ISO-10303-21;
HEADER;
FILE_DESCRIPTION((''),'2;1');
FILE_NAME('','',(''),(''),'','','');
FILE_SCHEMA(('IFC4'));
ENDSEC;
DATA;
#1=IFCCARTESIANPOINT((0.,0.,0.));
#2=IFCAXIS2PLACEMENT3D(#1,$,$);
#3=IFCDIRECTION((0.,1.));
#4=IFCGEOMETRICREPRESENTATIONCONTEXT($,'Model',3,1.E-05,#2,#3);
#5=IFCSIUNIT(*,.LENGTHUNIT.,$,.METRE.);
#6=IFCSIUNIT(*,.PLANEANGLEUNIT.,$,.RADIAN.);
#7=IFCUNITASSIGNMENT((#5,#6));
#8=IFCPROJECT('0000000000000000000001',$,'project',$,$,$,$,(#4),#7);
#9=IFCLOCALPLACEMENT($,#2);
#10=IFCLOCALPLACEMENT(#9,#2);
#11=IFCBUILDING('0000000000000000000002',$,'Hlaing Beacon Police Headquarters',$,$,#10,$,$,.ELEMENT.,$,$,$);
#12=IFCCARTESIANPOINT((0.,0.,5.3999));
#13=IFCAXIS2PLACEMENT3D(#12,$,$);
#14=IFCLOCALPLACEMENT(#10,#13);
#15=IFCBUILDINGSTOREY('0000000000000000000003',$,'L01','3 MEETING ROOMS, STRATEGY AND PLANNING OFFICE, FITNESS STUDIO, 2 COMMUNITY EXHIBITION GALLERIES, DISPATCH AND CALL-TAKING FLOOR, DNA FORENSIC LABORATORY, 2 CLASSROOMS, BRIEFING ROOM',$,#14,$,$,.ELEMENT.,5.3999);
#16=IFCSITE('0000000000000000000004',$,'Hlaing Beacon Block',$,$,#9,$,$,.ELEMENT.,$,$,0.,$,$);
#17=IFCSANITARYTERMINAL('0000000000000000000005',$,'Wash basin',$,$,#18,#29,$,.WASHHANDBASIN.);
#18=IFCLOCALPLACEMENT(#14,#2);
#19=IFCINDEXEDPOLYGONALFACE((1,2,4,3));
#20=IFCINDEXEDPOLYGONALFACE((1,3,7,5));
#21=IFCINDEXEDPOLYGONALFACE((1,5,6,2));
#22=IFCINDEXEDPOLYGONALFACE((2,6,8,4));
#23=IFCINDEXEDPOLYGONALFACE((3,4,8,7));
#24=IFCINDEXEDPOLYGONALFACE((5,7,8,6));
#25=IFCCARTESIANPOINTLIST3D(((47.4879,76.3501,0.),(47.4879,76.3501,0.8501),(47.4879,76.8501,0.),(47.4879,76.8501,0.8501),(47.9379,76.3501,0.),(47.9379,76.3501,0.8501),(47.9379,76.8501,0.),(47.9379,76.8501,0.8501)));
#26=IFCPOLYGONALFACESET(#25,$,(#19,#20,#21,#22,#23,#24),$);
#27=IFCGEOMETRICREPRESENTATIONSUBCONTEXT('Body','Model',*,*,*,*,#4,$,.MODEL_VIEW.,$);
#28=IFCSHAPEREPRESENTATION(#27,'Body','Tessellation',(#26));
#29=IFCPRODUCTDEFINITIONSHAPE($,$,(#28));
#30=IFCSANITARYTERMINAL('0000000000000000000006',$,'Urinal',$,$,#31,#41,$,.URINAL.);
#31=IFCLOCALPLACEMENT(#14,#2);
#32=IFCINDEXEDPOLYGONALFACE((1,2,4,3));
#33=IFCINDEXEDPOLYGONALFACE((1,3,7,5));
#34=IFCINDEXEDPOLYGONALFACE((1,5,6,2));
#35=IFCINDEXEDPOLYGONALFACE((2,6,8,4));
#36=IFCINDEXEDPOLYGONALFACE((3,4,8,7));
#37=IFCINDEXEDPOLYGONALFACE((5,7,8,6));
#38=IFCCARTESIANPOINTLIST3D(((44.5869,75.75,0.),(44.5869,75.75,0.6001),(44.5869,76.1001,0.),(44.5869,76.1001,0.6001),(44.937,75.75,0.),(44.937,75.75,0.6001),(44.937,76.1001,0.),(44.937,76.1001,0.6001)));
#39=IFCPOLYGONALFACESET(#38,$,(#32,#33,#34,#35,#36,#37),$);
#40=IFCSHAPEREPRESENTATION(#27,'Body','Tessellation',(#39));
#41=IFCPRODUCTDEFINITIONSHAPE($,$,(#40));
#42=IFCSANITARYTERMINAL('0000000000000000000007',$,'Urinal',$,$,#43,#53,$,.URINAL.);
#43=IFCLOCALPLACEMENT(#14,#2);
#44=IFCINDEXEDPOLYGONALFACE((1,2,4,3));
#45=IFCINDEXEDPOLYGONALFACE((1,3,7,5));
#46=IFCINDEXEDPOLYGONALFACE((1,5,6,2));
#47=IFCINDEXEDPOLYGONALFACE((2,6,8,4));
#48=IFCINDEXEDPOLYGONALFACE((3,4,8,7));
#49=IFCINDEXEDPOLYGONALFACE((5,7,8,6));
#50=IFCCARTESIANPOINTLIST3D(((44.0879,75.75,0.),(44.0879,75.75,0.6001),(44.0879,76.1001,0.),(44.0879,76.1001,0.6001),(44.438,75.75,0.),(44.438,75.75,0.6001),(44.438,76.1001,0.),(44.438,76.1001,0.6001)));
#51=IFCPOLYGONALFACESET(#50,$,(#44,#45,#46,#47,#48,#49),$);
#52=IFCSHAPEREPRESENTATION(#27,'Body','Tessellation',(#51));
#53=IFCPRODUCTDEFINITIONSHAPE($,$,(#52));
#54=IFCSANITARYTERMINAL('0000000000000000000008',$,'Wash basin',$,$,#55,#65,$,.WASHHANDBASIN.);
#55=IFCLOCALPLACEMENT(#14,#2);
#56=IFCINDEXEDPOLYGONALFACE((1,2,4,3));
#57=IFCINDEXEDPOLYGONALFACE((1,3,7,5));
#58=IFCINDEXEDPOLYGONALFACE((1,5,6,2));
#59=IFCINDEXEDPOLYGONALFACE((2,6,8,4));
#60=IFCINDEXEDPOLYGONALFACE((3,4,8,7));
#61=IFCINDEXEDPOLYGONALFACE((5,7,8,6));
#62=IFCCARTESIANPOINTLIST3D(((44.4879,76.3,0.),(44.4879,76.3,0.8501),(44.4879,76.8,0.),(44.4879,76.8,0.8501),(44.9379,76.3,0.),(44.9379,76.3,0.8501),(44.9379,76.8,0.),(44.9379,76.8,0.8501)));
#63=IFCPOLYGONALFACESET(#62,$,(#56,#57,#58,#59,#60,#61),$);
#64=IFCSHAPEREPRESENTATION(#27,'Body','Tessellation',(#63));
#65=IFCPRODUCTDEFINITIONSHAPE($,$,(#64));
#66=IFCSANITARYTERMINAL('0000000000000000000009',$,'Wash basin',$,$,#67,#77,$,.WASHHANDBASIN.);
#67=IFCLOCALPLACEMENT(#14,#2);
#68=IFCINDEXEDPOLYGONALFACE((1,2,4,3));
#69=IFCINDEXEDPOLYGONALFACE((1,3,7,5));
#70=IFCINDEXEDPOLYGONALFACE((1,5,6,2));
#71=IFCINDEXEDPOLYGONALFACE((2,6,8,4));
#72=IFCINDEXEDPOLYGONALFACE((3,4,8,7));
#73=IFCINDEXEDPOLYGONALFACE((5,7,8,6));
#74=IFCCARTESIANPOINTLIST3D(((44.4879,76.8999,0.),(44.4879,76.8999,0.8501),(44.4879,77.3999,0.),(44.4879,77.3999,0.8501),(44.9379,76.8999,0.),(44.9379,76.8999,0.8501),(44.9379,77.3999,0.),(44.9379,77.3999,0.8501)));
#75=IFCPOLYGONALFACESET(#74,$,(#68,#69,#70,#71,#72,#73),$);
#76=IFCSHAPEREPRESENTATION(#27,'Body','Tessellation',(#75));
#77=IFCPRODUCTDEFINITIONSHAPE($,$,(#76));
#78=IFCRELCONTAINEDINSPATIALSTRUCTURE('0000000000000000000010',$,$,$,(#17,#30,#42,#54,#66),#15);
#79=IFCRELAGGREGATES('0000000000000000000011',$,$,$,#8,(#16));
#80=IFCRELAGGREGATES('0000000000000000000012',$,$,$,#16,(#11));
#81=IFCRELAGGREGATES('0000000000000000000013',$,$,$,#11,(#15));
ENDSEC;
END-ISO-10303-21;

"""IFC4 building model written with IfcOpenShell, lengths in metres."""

from ifc_helpers import new_model, si_unit, direction, frame, origin, origin_2d, place, context, subcontext, project, spatial, rectangle, extrude, element, save


model = new_model("IFC4")

# Units and contexts
model_context = context("Model", 3, precision=1e-05, world=origin(), true_north=direction((0.0, 1.0)))
body_context = subcontext(model_context, "Body", "Model", "MODEL_VIEW")
ifc_project = project(units=[si_unit("LENGTHUNIT", "METRE"), si_unit("PLANEANGLEUNIT", "RADIAN")], contexts=[model_context])

# Site, building, storey
site_placement = place(None, origin())
site = spatial("IfcSite", under=ifc_project, at=site_placement, Name="Hlaing Beacon Block", CompositionType="ELEMENT", RefElevation=0.0)
building_placement = place(site_placement, origin())
building = spatial("IfcBuilding", under=site, at=building_placement, Name="Hlaing Beacon Police Headquarters", CompositionType="ELEMENT")
storey_placement = place(building_placement, frame((0.0, 0.0, 5.3999)))
storey = spatial("IfcBuildingStorey", under=building, at=storey_placement, Name="L01", Description="3 MEETING ROOMS, STRATEGY AND PLANNING OFFICE, FITNESS STUDIO, 2 COMMUNITY EXHIBITION GALLERIES, DISPATCH AND CALL-TAKING FLOOR, DNA FORENSIC LABORATORY, 2 CLASSROOMS, BRIEFING ROOM", CompositionType="ELEMENT", Elevation=5.3999)

# Sanitary terminals
for number, where, z_axis, x_axis, name in (
    (1, (47.7129, 76.6001, 0.0), (0.0, 0.0, 1.0), (1.0, 0.0, 0.0), "Wash basin"),
):
    element("IfcSanitaryTerminal", number, at=place(storey_placement, frame(where, z_axis=z_axis, x_axis=x_axis)), inside=storey, Name=name, PredefinedType="WASHHANDBASIN", context=body_context, shape_type="SweptSolid", body=[
        extrude(rectangle(XDim=0.45, YDim=0.5, at=origin_2d()), origin(), (0.0, 0.0, 1.0), 0.8501),
    ])
for number, where, z_axis, x_axis, name in (
    (2, (44.762, 75.925, 0.0), (0.0, 0.0, 1.0), (1.0, 0.0, 0.0), "Urinal"),
    (3, (44.2629, 75.925, 0.0), (0.0, 0.0, 1.0), (1.0, 0.0, 0.0), "Urinal"),
):
    element("IfcSanitaryTerminal", number, at=place(storey_placement, frame(where, z_axis=z_axis, x_axis=x_axis)), inside=storey, Name=name, PredefinedType="URINAL", context=body_context, shape_type="SweptSolid", body=[
        extrude(rectangle(XDim=0.3501, YDim=0.3501, at=origin_2d()), origin(), (0.0, 0.0, 1.0), 0.6001),
    ])
for number, where, z_axis, x_axis, name in (
    (4, (44.7129, 76.55, 0.0), (0.0, 0.0, 1.0), (1.0, 0.0, 0.0), "Wash basin"),
    (5, (44.7129, 77.1499, 0.0), (0.0, 0.0, 1.0), (1.0, 0.0, 0.0), "Wash basin"),
):
    element("IfcSanitaryTerminal", number, at=place(storey_placement, frame(where, z_axis=z_axis, x_axis=x_axis)), inside=storey, Name=name, PredefinedType="WASHHANDBASIN", context=body_context, shape_type="SweptSolid", body=[
        extrude(rectangle(XDim=0.45, YDim=0.5, at=origin_2d()), origin(), (0.0, 0.0, 1.0), 0.8501),
    ])

save(model, "model.ifc")
